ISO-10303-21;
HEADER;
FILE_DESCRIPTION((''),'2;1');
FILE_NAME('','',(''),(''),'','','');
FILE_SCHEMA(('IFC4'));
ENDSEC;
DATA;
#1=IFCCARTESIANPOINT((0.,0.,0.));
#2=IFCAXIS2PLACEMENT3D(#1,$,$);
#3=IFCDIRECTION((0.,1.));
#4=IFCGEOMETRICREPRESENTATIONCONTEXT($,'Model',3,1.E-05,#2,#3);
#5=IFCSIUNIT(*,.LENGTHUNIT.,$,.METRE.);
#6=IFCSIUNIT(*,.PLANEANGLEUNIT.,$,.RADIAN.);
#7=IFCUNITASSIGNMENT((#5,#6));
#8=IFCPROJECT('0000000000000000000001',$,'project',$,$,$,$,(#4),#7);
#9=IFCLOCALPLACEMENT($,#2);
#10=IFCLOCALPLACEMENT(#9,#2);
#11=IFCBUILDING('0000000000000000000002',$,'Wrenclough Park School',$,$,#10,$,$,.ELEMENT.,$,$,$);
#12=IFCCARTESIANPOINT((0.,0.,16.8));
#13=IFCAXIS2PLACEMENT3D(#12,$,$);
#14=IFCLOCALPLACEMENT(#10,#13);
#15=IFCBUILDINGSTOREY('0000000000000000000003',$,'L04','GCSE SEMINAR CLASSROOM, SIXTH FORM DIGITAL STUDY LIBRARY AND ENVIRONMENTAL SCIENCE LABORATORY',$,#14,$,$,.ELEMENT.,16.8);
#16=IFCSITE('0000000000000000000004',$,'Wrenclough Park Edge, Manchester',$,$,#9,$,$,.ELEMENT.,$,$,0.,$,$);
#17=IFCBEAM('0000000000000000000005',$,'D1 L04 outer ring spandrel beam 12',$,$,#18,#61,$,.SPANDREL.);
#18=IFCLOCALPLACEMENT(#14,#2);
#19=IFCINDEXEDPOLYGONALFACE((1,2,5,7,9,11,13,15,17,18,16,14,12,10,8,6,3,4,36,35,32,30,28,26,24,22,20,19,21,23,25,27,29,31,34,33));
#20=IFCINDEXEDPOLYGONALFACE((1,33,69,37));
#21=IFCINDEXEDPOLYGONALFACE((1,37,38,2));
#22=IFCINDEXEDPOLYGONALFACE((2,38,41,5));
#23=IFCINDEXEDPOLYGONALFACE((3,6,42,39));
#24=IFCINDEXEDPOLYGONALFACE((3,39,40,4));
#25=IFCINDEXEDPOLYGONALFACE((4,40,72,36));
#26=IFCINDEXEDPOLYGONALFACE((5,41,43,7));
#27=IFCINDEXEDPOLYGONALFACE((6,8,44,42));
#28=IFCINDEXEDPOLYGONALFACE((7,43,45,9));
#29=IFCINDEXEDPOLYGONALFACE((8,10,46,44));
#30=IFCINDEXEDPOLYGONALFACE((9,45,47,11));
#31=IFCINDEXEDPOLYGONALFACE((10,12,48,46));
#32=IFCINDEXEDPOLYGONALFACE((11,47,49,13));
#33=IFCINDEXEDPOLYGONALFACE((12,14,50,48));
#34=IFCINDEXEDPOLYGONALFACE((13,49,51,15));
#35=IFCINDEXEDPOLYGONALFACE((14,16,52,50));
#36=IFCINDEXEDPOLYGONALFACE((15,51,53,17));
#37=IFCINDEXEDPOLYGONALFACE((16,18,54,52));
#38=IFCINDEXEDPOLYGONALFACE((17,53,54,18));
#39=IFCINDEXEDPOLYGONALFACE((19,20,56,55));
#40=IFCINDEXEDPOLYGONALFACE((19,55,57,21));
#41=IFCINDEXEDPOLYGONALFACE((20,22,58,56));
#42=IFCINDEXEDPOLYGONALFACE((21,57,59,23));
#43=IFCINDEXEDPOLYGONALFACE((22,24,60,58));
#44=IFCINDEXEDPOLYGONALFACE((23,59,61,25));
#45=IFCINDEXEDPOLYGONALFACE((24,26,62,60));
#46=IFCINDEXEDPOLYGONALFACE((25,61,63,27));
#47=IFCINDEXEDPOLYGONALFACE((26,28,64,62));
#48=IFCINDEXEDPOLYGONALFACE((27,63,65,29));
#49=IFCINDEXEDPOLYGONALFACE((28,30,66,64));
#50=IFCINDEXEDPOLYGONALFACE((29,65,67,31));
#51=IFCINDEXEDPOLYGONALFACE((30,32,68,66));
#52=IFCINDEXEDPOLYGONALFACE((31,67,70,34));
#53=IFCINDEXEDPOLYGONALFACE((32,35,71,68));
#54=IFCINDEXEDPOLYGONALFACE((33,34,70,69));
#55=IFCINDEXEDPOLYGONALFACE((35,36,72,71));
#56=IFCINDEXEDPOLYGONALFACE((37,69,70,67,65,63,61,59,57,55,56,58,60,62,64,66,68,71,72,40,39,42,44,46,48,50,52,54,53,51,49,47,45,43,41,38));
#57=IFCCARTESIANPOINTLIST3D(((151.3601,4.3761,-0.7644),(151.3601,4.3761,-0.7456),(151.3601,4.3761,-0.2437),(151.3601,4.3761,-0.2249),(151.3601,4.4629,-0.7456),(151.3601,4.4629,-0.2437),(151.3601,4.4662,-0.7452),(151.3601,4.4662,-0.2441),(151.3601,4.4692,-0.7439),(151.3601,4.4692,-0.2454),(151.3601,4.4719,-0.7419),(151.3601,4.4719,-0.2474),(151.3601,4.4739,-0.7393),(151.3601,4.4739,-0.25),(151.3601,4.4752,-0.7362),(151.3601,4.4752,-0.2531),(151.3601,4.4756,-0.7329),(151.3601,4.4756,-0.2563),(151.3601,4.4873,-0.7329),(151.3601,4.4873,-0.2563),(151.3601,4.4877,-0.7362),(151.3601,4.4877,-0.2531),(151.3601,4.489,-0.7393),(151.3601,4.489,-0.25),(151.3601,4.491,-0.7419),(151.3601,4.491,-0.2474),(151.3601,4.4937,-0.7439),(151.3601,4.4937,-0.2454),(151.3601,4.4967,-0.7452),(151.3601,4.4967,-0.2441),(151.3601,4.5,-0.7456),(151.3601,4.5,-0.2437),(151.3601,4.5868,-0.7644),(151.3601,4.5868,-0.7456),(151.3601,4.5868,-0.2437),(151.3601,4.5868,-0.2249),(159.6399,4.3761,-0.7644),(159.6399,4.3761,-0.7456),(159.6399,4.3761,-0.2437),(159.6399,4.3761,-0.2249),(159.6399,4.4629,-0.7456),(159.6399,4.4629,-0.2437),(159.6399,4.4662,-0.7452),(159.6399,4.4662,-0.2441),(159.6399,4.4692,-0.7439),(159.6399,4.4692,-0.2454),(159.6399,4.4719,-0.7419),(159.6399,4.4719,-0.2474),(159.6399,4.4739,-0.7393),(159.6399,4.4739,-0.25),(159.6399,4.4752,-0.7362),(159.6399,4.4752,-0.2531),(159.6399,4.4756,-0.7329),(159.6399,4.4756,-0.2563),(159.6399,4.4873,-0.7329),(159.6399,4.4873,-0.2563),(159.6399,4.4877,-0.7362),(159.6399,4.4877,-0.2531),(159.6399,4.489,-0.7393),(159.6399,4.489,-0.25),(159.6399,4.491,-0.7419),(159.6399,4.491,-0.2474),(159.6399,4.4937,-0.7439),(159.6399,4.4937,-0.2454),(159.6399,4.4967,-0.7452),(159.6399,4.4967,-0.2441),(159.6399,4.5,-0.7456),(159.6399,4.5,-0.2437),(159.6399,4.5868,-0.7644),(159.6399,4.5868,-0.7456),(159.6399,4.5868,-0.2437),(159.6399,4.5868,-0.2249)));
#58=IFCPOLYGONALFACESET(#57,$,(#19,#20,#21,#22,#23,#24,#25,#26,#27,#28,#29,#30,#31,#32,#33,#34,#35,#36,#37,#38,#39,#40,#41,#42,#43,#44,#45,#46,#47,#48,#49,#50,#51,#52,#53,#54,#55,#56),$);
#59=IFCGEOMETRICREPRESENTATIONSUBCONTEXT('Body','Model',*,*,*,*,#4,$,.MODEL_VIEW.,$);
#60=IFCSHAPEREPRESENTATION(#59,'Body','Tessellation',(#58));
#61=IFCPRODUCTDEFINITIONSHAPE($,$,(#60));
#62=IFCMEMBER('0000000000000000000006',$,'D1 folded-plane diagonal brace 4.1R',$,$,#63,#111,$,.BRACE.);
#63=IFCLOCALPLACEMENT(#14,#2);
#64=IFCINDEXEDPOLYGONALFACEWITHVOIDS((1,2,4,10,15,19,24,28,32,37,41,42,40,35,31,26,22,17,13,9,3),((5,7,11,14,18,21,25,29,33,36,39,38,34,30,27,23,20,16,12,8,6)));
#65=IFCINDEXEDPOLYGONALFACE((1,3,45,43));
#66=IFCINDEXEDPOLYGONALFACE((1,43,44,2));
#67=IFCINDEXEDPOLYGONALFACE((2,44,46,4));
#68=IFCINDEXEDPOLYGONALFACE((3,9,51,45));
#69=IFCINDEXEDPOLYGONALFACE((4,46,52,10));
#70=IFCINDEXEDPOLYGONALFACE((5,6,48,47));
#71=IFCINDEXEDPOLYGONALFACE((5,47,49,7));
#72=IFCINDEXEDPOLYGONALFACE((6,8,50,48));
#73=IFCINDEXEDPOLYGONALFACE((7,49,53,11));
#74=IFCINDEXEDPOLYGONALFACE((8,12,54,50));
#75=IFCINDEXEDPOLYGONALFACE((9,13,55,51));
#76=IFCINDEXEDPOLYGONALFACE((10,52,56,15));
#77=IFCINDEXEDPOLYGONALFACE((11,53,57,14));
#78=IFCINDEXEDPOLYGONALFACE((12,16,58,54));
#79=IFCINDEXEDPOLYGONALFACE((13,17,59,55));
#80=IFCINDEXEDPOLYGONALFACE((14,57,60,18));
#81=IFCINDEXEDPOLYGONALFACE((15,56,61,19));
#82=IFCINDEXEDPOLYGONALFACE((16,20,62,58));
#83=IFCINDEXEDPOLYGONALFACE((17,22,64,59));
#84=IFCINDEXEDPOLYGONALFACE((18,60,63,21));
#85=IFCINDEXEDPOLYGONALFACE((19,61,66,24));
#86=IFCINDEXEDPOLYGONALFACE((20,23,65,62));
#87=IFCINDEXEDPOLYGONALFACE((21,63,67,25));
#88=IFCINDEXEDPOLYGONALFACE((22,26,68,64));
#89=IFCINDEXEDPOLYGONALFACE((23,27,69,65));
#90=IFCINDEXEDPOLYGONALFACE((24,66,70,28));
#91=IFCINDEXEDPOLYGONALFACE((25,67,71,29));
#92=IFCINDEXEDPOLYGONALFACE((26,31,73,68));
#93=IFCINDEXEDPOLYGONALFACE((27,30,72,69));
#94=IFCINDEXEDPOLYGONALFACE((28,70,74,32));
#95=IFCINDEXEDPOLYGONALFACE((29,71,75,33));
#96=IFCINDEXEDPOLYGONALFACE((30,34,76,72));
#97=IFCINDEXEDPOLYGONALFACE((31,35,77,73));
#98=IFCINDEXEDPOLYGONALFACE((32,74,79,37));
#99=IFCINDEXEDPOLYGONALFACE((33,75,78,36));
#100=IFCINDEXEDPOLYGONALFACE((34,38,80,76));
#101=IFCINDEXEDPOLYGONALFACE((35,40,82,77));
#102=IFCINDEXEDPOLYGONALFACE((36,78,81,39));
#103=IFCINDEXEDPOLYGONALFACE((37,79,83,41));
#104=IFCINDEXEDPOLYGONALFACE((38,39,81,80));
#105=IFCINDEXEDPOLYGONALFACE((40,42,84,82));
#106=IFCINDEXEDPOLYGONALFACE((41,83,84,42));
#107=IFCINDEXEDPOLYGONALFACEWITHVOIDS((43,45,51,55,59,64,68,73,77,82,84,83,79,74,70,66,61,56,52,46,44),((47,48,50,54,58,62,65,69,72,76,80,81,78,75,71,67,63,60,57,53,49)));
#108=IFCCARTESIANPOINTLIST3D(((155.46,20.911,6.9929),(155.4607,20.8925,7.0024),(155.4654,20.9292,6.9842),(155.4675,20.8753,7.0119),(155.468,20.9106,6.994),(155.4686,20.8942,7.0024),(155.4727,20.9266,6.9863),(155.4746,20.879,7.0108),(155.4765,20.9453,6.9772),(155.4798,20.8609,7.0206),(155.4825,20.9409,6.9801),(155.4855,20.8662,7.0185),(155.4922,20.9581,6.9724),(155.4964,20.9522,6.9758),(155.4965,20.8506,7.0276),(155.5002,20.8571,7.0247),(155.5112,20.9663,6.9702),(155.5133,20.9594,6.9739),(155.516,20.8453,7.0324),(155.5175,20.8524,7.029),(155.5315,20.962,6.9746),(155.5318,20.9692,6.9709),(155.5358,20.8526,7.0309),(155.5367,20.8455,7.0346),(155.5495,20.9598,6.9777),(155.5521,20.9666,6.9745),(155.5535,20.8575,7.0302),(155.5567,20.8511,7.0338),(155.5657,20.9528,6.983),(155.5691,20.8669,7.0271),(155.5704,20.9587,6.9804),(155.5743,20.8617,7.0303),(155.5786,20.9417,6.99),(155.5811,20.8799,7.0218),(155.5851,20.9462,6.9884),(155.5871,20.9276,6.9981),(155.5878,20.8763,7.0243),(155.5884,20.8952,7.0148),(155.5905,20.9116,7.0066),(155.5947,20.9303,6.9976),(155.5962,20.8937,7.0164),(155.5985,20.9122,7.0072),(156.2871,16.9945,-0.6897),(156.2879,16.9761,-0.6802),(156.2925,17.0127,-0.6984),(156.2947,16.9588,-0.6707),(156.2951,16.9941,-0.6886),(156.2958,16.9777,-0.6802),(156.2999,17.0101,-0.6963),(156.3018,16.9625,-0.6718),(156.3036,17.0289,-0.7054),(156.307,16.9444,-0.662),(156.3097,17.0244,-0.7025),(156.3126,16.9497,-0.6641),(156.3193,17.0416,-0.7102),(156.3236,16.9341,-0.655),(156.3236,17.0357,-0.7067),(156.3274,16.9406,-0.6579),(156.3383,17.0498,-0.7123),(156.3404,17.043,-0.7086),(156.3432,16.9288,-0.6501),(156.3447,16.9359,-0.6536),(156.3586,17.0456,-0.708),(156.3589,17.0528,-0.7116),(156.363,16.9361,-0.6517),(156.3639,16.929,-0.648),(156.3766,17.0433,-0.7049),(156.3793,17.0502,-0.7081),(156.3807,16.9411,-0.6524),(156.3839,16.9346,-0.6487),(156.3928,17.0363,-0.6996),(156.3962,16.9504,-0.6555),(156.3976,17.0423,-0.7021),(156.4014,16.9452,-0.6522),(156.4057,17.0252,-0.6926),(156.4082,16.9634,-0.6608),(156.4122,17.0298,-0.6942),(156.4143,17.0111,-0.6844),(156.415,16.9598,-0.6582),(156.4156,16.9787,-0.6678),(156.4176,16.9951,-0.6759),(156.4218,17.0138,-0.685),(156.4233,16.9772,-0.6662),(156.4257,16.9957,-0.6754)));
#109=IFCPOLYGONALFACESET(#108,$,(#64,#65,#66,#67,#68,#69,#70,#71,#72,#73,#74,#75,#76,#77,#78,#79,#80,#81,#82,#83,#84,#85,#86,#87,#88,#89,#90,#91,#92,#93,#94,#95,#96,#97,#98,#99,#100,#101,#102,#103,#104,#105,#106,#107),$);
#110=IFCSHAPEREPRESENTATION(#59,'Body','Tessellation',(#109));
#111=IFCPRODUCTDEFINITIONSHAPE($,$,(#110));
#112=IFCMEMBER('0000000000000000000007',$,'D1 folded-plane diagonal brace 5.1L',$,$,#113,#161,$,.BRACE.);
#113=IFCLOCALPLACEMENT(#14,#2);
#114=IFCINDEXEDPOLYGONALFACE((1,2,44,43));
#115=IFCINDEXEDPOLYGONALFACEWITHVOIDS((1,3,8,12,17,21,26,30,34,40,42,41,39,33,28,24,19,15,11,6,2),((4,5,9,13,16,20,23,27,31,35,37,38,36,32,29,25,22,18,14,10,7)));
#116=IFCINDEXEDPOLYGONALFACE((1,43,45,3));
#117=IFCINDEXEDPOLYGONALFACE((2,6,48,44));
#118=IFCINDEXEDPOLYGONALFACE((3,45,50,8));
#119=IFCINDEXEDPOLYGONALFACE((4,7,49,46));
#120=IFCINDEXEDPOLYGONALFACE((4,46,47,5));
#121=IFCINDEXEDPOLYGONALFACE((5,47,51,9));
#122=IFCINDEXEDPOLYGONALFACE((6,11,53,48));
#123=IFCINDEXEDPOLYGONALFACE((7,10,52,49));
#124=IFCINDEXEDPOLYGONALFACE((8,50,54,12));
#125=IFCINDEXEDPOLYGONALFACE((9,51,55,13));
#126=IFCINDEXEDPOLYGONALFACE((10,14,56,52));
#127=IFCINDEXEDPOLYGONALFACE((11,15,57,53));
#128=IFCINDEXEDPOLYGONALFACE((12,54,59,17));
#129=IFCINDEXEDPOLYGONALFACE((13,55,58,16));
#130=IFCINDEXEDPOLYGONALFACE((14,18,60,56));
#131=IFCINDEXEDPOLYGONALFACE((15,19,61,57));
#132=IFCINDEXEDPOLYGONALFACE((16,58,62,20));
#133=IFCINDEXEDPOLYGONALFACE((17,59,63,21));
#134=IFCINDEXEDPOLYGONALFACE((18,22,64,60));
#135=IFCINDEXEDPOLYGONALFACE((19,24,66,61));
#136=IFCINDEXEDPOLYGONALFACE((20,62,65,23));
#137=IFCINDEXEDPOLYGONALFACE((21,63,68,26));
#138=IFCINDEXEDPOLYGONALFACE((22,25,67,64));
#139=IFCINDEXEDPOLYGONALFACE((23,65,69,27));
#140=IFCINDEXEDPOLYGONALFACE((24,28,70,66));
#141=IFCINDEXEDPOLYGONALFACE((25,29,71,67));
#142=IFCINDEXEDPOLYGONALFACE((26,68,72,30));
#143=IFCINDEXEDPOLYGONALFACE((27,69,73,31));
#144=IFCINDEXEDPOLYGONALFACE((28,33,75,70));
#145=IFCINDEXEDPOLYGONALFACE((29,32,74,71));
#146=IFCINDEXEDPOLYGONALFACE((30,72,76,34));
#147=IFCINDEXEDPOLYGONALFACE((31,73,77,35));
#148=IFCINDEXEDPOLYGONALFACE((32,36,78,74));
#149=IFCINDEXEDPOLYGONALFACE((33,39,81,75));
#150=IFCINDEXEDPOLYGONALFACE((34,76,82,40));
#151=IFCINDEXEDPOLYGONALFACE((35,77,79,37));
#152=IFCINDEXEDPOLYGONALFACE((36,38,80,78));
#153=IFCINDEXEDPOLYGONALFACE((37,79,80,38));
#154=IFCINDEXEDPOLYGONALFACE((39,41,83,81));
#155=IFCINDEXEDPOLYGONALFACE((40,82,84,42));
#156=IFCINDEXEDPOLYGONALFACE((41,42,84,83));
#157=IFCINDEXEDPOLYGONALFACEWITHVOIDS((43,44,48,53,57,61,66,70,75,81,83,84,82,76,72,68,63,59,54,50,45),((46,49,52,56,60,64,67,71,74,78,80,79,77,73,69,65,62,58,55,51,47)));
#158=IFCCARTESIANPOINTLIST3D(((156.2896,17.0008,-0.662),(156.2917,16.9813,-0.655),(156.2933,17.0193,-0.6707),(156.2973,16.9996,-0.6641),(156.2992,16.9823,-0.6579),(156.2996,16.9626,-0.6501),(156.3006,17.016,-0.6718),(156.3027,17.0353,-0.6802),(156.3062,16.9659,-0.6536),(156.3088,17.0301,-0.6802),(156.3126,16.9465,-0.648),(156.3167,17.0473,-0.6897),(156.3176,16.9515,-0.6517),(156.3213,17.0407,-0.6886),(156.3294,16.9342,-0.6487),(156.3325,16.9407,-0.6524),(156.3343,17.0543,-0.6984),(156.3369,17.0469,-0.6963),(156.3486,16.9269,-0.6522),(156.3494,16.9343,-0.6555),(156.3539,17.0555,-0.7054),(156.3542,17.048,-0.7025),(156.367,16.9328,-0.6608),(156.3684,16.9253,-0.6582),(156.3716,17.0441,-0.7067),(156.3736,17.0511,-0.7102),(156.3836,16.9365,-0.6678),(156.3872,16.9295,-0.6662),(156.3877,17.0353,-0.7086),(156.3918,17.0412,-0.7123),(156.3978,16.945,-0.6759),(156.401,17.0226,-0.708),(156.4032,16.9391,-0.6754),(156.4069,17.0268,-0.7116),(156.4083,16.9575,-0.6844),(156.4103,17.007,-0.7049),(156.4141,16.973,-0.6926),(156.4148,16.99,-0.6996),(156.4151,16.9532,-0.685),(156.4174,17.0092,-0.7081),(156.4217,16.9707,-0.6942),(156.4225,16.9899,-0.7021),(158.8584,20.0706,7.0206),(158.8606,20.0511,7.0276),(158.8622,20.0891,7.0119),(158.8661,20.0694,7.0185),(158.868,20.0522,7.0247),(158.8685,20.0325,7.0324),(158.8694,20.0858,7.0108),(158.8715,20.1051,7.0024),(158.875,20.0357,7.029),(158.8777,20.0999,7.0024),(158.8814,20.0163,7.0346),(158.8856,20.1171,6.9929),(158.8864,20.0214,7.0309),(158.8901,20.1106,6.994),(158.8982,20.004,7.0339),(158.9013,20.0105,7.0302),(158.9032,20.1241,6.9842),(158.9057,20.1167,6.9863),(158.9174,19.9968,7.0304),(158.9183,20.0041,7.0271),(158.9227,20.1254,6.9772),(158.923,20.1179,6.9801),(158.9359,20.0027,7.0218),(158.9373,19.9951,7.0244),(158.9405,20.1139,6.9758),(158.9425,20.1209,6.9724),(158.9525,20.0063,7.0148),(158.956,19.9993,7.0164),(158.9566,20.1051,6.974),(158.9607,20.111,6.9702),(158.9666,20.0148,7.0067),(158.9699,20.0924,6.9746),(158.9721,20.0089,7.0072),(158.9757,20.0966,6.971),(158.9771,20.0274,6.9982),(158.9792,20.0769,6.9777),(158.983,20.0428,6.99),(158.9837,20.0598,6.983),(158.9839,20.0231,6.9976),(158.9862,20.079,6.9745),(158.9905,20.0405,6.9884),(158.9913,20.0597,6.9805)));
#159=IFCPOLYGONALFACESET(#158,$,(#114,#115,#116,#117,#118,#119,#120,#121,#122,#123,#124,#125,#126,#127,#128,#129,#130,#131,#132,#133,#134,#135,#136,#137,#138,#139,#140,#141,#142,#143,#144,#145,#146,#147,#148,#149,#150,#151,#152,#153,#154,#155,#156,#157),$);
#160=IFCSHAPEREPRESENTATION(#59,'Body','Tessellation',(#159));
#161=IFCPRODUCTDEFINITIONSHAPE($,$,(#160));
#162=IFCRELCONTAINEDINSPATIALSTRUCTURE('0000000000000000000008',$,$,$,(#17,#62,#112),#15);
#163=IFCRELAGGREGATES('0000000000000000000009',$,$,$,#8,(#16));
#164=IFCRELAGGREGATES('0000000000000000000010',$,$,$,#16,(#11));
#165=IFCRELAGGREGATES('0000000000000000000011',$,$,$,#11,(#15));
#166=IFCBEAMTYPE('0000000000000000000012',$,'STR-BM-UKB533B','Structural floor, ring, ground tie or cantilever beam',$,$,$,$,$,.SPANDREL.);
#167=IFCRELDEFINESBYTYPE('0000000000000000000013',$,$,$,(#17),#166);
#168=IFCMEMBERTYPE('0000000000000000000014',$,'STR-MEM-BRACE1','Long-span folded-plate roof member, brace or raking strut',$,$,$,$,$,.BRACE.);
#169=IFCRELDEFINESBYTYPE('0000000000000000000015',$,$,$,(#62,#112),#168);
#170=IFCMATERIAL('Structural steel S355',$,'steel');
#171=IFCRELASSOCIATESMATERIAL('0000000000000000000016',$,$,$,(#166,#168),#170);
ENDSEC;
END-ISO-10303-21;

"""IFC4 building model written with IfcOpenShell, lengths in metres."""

from ifc_helpers import new_model, si_unit, direction, frame, origin, origin_2d, place, context, subcontext, project, spatial, hollow_circle, i_section, extrude, material, material_profile, profile_set, type_object, element, save


model = new_model("IFC4")

# Units and contexts
model_context = context("Model", 3, precision=1e-05, world=origin(), true_north=direction((0.0, 1.0)))
body_context = subcontext(model_context, "Body", "Model", "MODEL_VIEW")
ifc_project = project(units=[si_unit("LENGTHUNIT", "METRE"), si_unit("PLANEANGLEUNIT", "RADIAN")], contexts=[model_context])

# Site, building, storey
site_placement = place(None, origin())
site = spatial("IfcSite", under=ifc_project, at=site_placement, Name="Wrenclough Park Edge, Manchester", CompositionType="ELEMENT", RefElevation=0.0)
building_placement = place(site_placement, origin())
building = spatial("IfcBuilding", under=site, at=building_placement, Name="Wrenclough Park School", CompositionType="ELEMENT")
storey_placement = place(building_placement, frame((0.0, 0.0, 16.8)))
storey = spatial("IfcBuildingStorey", under=building, at=storey_placement, Name="L04", Description="GCSE SEMINAR CLASSROOM, SIXTH FORM DIGITAL STUDY LIBRARY AND ENVIRONMENTAL SCIENCE LABORATORY", CompositionType="ELEMENT", Elevation=16.8)

# Beam
ifc_material_1 = material(Name="Structural steel S355", Category="steel")
ifc_material_profile_1 = material_profile(ifc_material_1, i_section(OverallWidth=0.2107, OverallDepth=0.5396, WebThickness=0.0117, FlangeThickness=0.0188, FilletRadius=0.0127, at=origin_2d()), Name="UKB 533x210x109")
ifc_profile_set_1 = profile_set([ifc_material_profile_1], Name="Structural steel S355")
beam_type = type_object("IfcBeamType", Name="STR-BM-UKB533B", Description="Structural floor, ring, ground tie or cantilever beam", PredefinedType="SPANDREL", material=ifc_profile_set_1)
beam_placement = place(storey_placement, frame((151.3601, 4.4814, -0.4946), z_axis=(1.0, 0.0, 0.0), x_axis=(0.0, 1.0, 0.0)))
element("IfcBeam", 1, at=beam_placement, inside=storey, type_object=beam_type, Name="D1 L04 outer ring spandrel beam 12", PredefinedType="SPANDREL", context=body_context, shape_type="SweptSolid", body=[
    extrude(i_section(OverallWidth=0.2107, OverallDepth=0.5396, WebThickness=0.0117, FlangeThickness=0.0188, FilletRadius=0.0127, at=origin_2d()), origin(), (0.0, 0.0, 1.0), 8.2798),
])

# Members
ifc_material_profile_2 = material_profile(ifc_material_1, hollow_circle(Radius=0.0698, WallThickness=0.0081, at=origin_2d()), Name="CHS 139.7x8.0")
ifc_profile_set_2 = profile_set([ifc_material_profile_2], Name="Structural steel S355")
member_type_1 = type_object("IfcMemberType", Name="STR-MEM-BRACE1", Description="Long-span folded-plate roof member, brace or raking strut", PredefinedType="BRACE", material=ifc_profile_set_2)
for number, where, z_axis, x_axis, name in (
    (2, (156.3562, 16.9905, -0.6802), (-0.095482, 0.452101, 0.886842), (-0.978418, -0.206637, 0.0), "D1 folded-plane diagonal brace 4.1R"),
    (3, (156.3562, 16.9905, -0.6802), (0.296535, 0.354366, 0.886844), (-0.76691, 0.641755, 0.0), "D1 folded-plane diagonal brace 5.1L"),
):
    element("IfcMember", number, at=place(storey_placement, frame(where, z_axis=z_axis, x_axis=x_axis)), inside=storey, type_object=member_type_1, Name=name, PredefinedType="BRACE", context=body_context, shape_type="SweptSolid", body=[
        extrude(hollow_circle(Radius=0.0698, WallThickness=0.0081, at=origin_2d()), origin(), (0.0, 0.0, 1.0), 8.6628),
    ])

save(model, "model.ifc")
